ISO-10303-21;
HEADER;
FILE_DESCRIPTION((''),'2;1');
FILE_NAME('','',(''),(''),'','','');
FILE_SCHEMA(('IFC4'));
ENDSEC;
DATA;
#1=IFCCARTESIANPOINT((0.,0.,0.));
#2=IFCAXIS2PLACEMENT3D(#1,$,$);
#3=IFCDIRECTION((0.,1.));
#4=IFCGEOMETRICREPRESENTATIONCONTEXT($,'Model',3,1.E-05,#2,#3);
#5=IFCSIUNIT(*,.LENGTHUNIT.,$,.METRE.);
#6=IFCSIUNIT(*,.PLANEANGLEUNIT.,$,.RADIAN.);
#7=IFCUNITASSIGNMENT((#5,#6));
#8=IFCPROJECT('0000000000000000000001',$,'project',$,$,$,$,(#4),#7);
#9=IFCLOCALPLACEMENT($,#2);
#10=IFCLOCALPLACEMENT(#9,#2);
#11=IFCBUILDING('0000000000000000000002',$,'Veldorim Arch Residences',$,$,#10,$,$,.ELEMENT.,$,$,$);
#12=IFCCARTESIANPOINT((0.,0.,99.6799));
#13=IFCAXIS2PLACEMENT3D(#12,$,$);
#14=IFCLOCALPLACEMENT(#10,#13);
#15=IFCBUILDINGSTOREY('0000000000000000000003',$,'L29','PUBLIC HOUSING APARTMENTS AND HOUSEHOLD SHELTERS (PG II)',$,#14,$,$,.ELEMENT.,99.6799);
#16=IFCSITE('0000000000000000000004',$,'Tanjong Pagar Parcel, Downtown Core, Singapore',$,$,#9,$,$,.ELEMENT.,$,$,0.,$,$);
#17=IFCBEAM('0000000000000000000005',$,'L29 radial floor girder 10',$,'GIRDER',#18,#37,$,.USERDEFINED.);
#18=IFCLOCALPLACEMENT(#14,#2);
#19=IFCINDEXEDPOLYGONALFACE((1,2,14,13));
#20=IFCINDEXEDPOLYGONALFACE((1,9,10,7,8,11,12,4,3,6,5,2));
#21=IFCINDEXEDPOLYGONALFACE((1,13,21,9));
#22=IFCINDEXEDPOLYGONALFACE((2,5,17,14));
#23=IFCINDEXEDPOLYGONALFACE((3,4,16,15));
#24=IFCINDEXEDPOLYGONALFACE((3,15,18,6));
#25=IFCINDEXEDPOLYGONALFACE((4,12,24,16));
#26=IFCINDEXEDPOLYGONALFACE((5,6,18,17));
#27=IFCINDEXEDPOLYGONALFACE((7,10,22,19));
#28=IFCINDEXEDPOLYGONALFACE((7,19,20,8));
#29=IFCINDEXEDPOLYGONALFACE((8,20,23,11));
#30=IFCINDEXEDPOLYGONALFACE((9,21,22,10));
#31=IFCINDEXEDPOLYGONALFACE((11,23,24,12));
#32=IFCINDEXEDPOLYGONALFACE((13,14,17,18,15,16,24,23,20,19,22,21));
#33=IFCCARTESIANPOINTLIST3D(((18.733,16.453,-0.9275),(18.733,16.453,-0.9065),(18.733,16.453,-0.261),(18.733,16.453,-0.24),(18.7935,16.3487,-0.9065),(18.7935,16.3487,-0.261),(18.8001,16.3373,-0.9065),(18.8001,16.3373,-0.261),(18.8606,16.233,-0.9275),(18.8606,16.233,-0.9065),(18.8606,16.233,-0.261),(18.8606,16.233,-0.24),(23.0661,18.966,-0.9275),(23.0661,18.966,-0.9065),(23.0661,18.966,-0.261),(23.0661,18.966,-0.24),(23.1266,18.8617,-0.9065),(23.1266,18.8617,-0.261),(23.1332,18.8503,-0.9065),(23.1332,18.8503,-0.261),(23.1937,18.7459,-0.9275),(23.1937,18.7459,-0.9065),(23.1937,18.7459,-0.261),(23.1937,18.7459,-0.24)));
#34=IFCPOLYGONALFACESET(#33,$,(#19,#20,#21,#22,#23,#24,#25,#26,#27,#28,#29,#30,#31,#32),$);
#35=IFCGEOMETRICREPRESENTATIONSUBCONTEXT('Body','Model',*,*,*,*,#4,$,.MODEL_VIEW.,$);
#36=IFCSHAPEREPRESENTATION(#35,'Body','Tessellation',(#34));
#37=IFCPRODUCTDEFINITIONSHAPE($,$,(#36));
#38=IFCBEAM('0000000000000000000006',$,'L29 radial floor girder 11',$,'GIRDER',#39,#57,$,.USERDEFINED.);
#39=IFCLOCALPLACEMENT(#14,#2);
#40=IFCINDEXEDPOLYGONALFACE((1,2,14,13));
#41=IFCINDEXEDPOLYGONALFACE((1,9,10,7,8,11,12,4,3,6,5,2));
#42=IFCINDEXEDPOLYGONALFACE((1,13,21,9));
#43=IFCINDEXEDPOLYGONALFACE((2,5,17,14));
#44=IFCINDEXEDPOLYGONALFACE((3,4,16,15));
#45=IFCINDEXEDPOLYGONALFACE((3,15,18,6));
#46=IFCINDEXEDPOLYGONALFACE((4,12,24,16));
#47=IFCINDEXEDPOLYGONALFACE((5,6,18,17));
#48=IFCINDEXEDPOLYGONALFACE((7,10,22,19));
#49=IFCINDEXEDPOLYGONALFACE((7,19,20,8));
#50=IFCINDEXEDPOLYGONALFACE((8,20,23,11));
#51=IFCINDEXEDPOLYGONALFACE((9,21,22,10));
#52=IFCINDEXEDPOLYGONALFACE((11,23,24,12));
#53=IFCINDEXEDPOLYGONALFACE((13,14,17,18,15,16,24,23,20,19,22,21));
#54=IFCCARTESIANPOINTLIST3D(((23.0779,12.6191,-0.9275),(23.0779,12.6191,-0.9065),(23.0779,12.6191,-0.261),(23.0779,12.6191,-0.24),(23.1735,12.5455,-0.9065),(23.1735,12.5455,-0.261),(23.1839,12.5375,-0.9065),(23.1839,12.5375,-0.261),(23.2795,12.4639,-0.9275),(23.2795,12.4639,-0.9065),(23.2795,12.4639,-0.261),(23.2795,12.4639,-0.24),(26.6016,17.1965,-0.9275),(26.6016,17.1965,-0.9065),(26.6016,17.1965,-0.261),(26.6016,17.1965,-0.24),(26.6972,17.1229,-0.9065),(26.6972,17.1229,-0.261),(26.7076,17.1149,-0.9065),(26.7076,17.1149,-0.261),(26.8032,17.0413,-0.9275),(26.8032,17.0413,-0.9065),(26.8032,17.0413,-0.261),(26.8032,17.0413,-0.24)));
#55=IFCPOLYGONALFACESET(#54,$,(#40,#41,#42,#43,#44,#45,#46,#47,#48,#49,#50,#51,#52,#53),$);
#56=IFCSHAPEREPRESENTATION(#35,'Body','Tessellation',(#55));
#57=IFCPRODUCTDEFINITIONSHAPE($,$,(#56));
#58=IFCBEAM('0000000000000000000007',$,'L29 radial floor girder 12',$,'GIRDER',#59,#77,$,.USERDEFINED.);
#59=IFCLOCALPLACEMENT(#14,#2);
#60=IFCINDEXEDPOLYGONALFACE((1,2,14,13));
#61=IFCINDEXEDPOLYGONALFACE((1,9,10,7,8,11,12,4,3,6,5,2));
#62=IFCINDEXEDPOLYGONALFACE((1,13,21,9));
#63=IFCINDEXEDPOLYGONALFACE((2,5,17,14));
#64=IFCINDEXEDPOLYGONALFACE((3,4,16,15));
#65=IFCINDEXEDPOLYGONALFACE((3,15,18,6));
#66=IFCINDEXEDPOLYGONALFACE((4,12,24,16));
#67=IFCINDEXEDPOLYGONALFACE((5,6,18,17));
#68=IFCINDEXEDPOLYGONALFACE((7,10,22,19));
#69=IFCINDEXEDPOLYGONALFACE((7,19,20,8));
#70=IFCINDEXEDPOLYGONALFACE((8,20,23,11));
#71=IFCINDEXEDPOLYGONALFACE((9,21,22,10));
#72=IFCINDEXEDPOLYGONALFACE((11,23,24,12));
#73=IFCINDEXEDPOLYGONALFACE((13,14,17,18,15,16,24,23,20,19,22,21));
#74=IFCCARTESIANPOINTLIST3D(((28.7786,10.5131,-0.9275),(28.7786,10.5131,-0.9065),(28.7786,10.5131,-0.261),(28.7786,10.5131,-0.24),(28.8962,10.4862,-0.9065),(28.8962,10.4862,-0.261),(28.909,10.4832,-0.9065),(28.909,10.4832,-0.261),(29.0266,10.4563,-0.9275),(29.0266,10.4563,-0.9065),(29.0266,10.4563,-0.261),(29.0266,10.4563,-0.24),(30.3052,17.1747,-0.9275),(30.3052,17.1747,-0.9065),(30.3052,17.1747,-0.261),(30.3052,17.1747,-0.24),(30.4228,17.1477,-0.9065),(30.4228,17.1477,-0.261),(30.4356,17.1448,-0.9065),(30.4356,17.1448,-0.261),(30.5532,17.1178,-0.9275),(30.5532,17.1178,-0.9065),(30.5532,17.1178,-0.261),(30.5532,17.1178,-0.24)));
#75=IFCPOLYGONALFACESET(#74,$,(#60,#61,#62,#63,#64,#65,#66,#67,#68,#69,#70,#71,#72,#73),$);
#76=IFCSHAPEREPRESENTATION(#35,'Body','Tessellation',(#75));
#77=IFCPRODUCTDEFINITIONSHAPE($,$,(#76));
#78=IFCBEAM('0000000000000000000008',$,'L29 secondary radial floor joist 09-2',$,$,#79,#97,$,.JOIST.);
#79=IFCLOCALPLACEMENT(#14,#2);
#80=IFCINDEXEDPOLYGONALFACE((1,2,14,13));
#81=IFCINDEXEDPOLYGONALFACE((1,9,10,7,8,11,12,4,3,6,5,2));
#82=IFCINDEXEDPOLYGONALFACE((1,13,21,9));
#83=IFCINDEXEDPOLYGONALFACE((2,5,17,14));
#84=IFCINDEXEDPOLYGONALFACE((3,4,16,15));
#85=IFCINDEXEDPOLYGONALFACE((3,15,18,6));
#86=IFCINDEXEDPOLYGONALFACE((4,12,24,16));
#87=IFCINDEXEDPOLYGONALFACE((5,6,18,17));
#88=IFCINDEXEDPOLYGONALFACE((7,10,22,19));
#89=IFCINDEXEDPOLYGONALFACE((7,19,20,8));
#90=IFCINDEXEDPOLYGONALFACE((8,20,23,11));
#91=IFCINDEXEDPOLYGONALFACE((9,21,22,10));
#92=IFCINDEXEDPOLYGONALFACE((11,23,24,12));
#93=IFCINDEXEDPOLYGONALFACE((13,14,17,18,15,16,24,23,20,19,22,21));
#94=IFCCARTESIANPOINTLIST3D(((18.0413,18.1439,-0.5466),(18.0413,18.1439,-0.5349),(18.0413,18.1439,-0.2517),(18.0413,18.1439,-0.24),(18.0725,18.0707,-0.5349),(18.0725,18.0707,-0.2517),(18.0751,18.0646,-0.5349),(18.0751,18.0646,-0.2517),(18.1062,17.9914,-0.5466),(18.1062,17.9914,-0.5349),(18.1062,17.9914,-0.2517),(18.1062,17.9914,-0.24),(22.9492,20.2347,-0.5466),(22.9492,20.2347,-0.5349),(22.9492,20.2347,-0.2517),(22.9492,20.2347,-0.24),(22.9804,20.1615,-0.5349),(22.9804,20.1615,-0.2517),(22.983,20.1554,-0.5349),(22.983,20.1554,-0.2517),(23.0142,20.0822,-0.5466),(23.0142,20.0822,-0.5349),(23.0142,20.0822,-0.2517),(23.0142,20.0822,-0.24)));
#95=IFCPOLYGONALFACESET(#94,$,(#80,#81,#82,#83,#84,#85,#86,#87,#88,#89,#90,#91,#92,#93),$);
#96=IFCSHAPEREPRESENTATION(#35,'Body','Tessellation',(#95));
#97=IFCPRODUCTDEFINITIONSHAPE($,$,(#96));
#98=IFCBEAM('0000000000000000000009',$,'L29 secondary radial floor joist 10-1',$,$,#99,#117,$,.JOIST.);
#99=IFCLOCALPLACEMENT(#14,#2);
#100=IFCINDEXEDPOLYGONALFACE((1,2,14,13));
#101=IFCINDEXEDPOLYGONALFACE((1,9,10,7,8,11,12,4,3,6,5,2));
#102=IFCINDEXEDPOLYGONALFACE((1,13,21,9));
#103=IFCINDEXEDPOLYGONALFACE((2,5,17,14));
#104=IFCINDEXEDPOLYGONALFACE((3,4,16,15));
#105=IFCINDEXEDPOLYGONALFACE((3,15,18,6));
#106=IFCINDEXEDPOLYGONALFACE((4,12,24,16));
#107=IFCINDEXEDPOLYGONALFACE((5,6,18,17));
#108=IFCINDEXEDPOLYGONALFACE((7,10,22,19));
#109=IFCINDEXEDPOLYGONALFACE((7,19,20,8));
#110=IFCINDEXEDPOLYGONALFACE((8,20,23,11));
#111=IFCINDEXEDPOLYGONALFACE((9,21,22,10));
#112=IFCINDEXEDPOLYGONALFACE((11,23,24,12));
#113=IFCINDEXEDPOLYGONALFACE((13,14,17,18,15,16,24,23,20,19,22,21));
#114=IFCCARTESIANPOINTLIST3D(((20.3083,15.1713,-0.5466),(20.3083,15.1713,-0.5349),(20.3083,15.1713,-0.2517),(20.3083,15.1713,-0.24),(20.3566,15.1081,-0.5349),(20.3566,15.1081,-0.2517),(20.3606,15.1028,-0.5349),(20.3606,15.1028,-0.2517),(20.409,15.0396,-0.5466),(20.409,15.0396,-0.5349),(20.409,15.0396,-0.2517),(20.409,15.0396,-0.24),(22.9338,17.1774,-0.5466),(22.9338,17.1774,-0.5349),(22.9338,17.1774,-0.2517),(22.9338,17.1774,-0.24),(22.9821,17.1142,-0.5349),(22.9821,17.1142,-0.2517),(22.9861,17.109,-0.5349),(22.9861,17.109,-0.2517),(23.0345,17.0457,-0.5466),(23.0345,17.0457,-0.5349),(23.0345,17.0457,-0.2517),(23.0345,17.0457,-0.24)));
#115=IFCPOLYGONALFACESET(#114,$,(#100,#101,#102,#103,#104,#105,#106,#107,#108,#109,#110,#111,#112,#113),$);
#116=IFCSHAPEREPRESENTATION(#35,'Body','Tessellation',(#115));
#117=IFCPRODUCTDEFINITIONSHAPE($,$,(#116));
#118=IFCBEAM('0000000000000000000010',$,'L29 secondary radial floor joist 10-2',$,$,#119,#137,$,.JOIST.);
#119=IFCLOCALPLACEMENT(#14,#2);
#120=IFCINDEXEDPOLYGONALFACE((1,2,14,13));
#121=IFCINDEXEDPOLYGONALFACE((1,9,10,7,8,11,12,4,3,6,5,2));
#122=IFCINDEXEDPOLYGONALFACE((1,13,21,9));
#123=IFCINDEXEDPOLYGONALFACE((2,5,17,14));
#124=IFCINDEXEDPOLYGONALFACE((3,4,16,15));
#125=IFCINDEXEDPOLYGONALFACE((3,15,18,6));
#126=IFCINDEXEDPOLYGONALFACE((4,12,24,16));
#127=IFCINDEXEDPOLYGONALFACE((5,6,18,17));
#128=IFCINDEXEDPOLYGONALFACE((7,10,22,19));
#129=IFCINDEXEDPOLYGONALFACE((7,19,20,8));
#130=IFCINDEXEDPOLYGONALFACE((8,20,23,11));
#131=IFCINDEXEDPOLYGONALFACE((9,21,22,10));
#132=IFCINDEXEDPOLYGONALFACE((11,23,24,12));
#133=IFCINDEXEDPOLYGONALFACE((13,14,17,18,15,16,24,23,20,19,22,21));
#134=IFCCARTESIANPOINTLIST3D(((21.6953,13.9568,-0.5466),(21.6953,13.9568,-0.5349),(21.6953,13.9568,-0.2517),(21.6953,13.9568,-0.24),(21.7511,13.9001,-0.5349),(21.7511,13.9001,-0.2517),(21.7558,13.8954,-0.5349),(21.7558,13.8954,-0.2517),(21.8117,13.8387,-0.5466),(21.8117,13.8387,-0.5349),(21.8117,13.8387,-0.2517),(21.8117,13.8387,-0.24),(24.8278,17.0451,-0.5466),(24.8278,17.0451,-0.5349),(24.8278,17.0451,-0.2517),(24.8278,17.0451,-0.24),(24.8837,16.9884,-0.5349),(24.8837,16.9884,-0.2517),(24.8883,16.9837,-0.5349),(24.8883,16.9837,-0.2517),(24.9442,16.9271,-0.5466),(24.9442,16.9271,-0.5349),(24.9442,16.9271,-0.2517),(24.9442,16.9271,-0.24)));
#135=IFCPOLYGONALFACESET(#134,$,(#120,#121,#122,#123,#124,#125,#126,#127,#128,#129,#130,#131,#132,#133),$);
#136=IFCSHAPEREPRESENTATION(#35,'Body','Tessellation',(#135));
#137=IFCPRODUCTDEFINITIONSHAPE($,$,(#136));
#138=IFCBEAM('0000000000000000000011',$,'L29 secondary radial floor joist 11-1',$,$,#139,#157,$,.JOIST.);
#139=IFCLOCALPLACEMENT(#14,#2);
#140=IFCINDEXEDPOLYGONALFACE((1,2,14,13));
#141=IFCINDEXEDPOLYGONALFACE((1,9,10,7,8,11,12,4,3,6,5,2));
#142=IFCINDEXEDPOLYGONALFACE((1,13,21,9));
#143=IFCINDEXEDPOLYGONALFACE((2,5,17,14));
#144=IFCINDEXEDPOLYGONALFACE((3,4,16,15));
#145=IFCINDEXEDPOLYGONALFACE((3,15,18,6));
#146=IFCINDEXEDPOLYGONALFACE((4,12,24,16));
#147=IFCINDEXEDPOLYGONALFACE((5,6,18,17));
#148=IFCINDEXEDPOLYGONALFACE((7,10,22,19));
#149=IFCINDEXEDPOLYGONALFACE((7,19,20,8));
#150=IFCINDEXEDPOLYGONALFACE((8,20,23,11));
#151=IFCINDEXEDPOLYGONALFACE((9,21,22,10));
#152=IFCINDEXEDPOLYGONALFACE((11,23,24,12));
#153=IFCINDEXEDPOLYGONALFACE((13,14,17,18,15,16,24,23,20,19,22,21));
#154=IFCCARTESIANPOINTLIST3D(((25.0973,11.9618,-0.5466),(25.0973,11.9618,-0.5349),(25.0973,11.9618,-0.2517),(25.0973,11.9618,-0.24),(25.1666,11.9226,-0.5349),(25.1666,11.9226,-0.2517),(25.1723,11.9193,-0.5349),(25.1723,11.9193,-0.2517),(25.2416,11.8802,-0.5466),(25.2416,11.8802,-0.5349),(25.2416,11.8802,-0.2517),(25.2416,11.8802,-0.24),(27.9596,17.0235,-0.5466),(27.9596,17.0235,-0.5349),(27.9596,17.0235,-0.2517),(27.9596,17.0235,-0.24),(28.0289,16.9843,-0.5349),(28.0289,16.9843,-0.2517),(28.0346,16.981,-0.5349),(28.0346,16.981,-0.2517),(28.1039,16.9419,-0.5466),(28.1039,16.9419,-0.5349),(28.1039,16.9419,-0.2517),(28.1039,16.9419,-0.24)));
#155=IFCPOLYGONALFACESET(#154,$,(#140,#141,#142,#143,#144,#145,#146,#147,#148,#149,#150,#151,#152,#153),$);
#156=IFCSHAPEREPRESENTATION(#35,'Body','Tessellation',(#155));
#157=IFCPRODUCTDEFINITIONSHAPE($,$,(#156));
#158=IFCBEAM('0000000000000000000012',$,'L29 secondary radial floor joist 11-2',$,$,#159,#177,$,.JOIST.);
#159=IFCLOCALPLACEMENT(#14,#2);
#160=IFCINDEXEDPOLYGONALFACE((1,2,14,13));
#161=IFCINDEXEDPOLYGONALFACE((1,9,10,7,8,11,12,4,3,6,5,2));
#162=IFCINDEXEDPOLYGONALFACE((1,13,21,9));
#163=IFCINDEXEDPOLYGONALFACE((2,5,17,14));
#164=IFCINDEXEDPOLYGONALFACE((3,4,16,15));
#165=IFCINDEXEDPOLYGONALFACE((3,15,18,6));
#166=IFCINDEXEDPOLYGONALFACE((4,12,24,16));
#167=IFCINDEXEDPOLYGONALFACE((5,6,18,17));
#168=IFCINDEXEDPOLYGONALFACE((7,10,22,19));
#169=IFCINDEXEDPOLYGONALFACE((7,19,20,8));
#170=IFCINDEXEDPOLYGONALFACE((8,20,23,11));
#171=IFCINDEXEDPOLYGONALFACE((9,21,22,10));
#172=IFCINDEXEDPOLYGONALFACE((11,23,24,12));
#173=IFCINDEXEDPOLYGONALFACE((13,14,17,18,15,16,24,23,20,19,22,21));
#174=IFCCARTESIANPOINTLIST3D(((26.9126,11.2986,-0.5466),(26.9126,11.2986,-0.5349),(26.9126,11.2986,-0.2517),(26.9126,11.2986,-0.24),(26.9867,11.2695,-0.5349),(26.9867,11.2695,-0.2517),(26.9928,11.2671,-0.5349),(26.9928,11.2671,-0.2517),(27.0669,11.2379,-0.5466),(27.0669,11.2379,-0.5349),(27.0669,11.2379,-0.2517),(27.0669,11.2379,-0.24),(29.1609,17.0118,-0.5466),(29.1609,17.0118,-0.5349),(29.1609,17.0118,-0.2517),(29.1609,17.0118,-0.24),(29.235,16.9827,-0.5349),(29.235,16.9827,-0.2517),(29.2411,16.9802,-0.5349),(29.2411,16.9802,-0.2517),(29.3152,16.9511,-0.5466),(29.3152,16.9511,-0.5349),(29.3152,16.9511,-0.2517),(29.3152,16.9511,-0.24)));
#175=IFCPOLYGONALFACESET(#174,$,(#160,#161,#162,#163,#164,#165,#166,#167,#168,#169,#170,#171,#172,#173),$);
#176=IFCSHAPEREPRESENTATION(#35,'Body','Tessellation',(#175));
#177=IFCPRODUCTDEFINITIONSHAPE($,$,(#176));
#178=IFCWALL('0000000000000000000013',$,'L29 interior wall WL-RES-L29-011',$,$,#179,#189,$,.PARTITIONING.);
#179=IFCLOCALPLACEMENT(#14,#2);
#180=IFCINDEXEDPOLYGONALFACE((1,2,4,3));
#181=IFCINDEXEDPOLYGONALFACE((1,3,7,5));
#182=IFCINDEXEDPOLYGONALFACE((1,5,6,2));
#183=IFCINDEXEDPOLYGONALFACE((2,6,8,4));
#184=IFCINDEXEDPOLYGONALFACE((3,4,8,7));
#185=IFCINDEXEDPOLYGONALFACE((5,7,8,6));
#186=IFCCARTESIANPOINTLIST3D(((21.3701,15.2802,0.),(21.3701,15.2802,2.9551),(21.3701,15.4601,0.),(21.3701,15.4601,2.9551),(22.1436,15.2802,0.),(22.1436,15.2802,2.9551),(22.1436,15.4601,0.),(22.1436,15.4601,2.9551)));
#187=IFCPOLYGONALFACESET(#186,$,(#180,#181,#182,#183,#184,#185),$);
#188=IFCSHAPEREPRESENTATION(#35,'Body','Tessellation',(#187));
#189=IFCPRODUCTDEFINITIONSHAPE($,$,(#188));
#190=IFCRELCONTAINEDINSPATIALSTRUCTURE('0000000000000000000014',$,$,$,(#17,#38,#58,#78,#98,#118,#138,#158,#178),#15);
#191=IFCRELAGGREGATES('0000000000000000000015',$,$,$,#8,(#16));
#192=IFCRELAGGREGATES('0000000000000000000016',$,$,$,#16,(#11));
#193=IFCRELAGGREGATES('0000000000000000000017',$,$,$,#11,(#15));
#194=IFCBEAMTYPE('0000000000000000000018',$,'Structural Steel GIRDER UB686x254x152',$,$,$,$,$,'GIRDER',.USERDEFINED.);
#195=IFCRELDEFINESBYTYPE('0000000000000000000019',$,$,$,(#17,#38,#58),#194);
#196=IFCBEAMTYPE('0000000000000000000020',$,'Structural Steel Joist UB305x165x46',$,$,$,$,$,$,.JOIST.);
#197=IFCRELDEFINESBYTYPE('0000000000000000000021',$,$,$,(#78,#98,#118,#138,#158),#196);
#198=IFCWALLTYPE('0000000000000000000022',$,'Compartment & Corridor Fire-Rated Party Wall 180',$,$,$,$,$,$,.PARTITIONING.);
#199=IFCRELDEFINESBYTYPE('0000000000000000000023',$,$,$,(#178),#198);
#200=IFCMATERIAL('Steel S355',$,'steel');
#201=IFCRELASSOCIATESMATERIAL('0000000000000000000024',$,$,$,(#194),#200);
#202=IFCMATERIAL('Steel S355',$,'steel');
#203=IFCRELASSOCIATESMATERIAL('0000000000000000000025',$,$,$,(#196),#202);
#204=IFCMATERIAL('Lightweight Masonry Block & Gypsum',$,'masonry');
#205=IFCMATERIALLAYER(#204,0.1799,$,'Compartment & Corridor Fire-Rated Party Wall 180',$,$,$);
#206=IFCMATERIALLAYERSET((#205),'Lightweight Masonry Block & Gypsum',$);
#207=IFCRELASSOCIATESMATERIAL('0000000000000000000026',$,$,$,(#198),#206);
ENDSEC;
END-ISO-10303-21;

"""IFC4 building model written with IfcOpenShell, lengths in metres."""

from ifc_helpers import new_model, si_unit, direction, frame, frame_2d, origin, origin_2d, place, context, subcontext, project, spatial, rectangle, i_section, extrude, material, layer, layer_set, material_profile, profile_set, type_object, element, save


model = new_model("IFC4")

# Units and contexts
model_context = context("Model", 3, precision=1e-05, world=origin(), true_north=direction((0.0, 1.0)))
body_context = subcontext(model_context, "Body", "Model", "MODEL_VIEW")
ifc_project = project(units=[si_unit("LENGTHUNIT", "METRE"), si_unit("PLANEANGLEUNIT", "RADIAN")], contexts=[model_context])

# Site, building, storey
site_placement = place(None, origin())
site = spatial("IfcSite", under=ifc_project, at=site_placement, Name="Tanjong Pagar Parcel, Downtown Core, Singapore", CompositionType="ELEMENT", RefElevation=0.0)
building_placement = place(site_placement, origin())
building = spatial("IfcBuilding", under=site, at=building_placement, Name="Veldorim Arch Residences", CompositionType="ELEMENT")
storey_placement = place(building_placement, frame((0.0, 0.0, 99.6799)))
storey = spatial("IfcBuildingStorey", under=building, at=storey_placement, Name="L29", Description="PUBLIC HOUSING APARTMENTS AND HOUSEHOLD SHELTERS (PG II)", CompositionType="ELEMENT", Elevation=99.6799)

# Beams
ifc_material_1 = material(Name="Steel S355", Category="steel")
ifc_material_profile_1 = material_profile(ifc_material_1, i_section(OverallWidth=0.2544, OverallDepth=0.6875, WebThickness=0.0132, FlangeThickness=0.021, at=origin_2d()), Name="UB686x254x152")
ifc_profile_set_1 = profile_set([ifc_material_profile_1], Name="Steel S355")
beam_type_1 = type_object("IfcBeamType", Name="Structural Steel GIRDER UB686x254x152", ElementType="GIRDER", PredefinedType="USERDEFINED", material=ifc_profile_set_1)
beam_1_placement = place(storey_placement, frame((23.1299, 18.856, -0.5837), z_axis=(-0.865049, -0.501687, 0.0), x_axis=(0.501687, -0.865049, 0.0)))
element("IfcBeam", 1, at=beam_1_placement, inside=storey, type_object=beam_type_1, Name="L29 radial floor girder 10", ObjectType="GIRDER", PredefinedType="USERDEFINED", context=body_context, shape_type="SweptSolid", body=[
    extrude(i_section(OverallWidth=0.2544, OverallDepth=0.6875, WebThickness=0.0132, FlangeThickness=0.021, at=origin_2d()), origin(), (0.0, 0.0, 1.0), 5.009),
])
beam_2_placement = place(storey_placement, frame((26.7024, 17.1189, -0.5837), z_axis=(-0.609995, -0.792406, 0.0), x_axis=(0.792406, -0.609995, 0.0)))
element("IfcBeam", 2, at=beam_2_placement, inside=storey, type_object=beam_type_1, Name="L29 radial floor girder 11", ObjectType="GIRDER", PredefinedType="USERDEFINED", context=body_context, shape_type="SweptSolid", body=[
    extrude(i_section(OverallWidth=0.2544, OverallDepth=0.6875, WebThickness=0.0132, FlangeThickness=0.021, at=origin_2d()), origin(), (0.0, 0.0, 1.0), 5.7766),
])
beam_3_placement = place(storey_placement, frame((30.4292, 17.1462, -0.5837), z_axis=(-0.223375, -0.974733, 0.0), x_axis=(0.974733, -0.223375, 0.0)))
element("IfcBeam", 3, at=beam_3_placement, inside=storey, type_object=beam_type_1, Name="L29 radial floor girder 12", ObjectType="GIRDER", PredefinedType="USERDEFINED", context=body_context, shape_type="SweptSolid", body=[
    extrude(i_section(OverallWidth=0.2544, OverallDepth=0.6875, WebThickness=0.0132, FlangeThickness=0.021, at=origin_2d()), origin(), (0.0, 0.0, 1.0), 6.8342),
])
ifc_material_2 = material(Name="Steel S355", Category="steel")
ifc_material_profile_2 = material_profile(ifc_material_2, i_section(OverallWidth=0.1658, OverallDepth=0.3066, WebThickness=0.0066, FlangeThickness=0.0117, at=origin_2d()), Name="UB305x165x46")
ifc_profile_set_2 = profile_set([ifc_material_profile_2], Name="Steel S355")
beam_type_2 = type_object("IfcBeamType", Name="Structural Steel Joist UB305x165x46", PredefinedType="JOIST", material=ifc_profile_set_2)
beam_4_placement = place(storey_placement, frame((22.9817, 20.1584, -0.3933), z_axis=(-0.919997, -0.391924, 0.0), x_axis=(0.391924, -0.919997, 0.0)))
element("IfcBeam", 4, at=beam_4_placement, inside=storey, type_object=beam_type_2, Name="L29 secondary radial floor joist 09-2", PredefinedType="JOIST", context=body_context, shape_type="SweptSolid", body=[
    extrude(i_section(OverallWidth=0.1658, OverallDepth=0.3066, WebThickness=0.0066, FlangeThickness=0.0117, at=origin_2d()), origin(), (0.0, 0.0, 1.0), 5.3347),
])
beam_5_placement = place(storey_placement, frame((22.9841, 17.1116, -0.3933), z_axis=(-0.794595, -0.60714, 0.0), x_axis=(0.60714, -0.794595, 0.0)))
element("IfcBeam", 5, at=beam_5_placement, inside=storey, type_object=beam_type_2, Name="L29 secondary radial floor joist 10-1", PredefinedType="JOIST", context=body_context, shape_type="SweptSolid", body=[
    extrude(i_section(OverallWidth=0.1658, OverallDepth=0.3066, WebThickness=0.0066, FlangeThickness=0.0117, at=origin_2d()), origin(), (0.0, 0.0, 1.0), 3.3042),
])
beam_6_placement = place(storey_placement, frame((24.886, 16.9861, -0.3933), z_axis=(-0.712112, -0.702066, 0.0), x_axis=(0.702066, -0.712112, 0.0)))
element("IfcBeam", 6, at=beam_6_placement, inside=storey, type_object=beam_type_2, Name="L29 secondary radial floor joist 10-2", PredefinedType="JOIST", context=body_context, shape_type="SweptSolid", body=[
    extrude(i_section(OverallWidth=0.1658, OverallDepth=0.3066, WebThickness=0.0066, FlangeThickness=0.0117, at=origin_2d()), origin(), (0.0, 0.0, 1.0), 4.3989),
])
beam_7_placement = place(storey_placement, frame((28.0317, 16.9827, -0.3933), z_axis=(-0.492227, -0.870467, 0.0), x_axis=(0.870467, -0.492227, 0.0)))
element("IfcBeam", 7, at=beam_7_placement, inside=storey, type_object=beam_type_2, Name="L29 secondary radial floor joist 11-1", PredefinedType="JOIST", context=body_context, shape_type="SweptSolid", body=[
    extrude(i_section(OverallWidth=0.1658, OverallDepth=0.3066, WebThickness=0.0066, FlangeThickness=0.0117, at=origin_2d()), origin(), (0.0, 0.0, 1.0), 5.8149),
])
beam_8_placement = place(storey_placement, frame((29.238, 16.9814, -0.3933), z_axis=(-0.366195, -0.930538, 0.0), x_axis=(0.930538, -0.366195, 0.0)))
element("IfcBeam", 8, at=beam_8_placement, inside=storey, type_object=beam_type_2, Name="L29 secondary radial floor joist 11-2", PredefinedType="JOIST", context=body_context, shape_type="SweptSolid", body=[
    extrude(i_section(OverallWidth=0.1658, OverallDepth=0.3066, WebThickness=0.0066, FlangeThickness=0.0117, at=origin_2d()), origin(), (0.0, 0.0, 1.0), 6.1396),
])

# Wall
ifc_material_3 = material(Name="Lightweight Masonry Block & Gypsum", Category="masonry")
ifc_layer_1 = layer(ifc_material_3, 0.1799, Name="Compartment & Corridor Fire-Rated Party Wall 180")
ifc_layer_set_1 = layer_set([ifc_layer_1], Name="Lightweight Masonry Block & Gypsum")
wall_type_1 = type_object("IfcWallType", Name="Compartment & Corridor Fire-Rated Party Wall 180", PredefinedType="PARTITIONING", material=ifc_layer_set_1)
wall_1_placement = place(storey_placement, frame((22.1436, 15.3701, 0.0), z_axis=(0.0, 0.0, 1.0), x_axis=(-1.0, 0.0, 0.0)))
element("IfcWall", 9, at=wall_1_placement, inside=storey, type_object=wall_type_1, Name="L29 interior wall WL-RES-L29-011", PredefinedType="PARTITIONING", context=body_context, shape_type="SweptSolid", body=[
    extrude(rectangle(XDim=0.7734, YDim=0.1799, at=frame_2d((0.3867, 0.0))), origin(), (0.0, 0.0, 1.0), 2.9551),
])

save(model, "model.ifc")
